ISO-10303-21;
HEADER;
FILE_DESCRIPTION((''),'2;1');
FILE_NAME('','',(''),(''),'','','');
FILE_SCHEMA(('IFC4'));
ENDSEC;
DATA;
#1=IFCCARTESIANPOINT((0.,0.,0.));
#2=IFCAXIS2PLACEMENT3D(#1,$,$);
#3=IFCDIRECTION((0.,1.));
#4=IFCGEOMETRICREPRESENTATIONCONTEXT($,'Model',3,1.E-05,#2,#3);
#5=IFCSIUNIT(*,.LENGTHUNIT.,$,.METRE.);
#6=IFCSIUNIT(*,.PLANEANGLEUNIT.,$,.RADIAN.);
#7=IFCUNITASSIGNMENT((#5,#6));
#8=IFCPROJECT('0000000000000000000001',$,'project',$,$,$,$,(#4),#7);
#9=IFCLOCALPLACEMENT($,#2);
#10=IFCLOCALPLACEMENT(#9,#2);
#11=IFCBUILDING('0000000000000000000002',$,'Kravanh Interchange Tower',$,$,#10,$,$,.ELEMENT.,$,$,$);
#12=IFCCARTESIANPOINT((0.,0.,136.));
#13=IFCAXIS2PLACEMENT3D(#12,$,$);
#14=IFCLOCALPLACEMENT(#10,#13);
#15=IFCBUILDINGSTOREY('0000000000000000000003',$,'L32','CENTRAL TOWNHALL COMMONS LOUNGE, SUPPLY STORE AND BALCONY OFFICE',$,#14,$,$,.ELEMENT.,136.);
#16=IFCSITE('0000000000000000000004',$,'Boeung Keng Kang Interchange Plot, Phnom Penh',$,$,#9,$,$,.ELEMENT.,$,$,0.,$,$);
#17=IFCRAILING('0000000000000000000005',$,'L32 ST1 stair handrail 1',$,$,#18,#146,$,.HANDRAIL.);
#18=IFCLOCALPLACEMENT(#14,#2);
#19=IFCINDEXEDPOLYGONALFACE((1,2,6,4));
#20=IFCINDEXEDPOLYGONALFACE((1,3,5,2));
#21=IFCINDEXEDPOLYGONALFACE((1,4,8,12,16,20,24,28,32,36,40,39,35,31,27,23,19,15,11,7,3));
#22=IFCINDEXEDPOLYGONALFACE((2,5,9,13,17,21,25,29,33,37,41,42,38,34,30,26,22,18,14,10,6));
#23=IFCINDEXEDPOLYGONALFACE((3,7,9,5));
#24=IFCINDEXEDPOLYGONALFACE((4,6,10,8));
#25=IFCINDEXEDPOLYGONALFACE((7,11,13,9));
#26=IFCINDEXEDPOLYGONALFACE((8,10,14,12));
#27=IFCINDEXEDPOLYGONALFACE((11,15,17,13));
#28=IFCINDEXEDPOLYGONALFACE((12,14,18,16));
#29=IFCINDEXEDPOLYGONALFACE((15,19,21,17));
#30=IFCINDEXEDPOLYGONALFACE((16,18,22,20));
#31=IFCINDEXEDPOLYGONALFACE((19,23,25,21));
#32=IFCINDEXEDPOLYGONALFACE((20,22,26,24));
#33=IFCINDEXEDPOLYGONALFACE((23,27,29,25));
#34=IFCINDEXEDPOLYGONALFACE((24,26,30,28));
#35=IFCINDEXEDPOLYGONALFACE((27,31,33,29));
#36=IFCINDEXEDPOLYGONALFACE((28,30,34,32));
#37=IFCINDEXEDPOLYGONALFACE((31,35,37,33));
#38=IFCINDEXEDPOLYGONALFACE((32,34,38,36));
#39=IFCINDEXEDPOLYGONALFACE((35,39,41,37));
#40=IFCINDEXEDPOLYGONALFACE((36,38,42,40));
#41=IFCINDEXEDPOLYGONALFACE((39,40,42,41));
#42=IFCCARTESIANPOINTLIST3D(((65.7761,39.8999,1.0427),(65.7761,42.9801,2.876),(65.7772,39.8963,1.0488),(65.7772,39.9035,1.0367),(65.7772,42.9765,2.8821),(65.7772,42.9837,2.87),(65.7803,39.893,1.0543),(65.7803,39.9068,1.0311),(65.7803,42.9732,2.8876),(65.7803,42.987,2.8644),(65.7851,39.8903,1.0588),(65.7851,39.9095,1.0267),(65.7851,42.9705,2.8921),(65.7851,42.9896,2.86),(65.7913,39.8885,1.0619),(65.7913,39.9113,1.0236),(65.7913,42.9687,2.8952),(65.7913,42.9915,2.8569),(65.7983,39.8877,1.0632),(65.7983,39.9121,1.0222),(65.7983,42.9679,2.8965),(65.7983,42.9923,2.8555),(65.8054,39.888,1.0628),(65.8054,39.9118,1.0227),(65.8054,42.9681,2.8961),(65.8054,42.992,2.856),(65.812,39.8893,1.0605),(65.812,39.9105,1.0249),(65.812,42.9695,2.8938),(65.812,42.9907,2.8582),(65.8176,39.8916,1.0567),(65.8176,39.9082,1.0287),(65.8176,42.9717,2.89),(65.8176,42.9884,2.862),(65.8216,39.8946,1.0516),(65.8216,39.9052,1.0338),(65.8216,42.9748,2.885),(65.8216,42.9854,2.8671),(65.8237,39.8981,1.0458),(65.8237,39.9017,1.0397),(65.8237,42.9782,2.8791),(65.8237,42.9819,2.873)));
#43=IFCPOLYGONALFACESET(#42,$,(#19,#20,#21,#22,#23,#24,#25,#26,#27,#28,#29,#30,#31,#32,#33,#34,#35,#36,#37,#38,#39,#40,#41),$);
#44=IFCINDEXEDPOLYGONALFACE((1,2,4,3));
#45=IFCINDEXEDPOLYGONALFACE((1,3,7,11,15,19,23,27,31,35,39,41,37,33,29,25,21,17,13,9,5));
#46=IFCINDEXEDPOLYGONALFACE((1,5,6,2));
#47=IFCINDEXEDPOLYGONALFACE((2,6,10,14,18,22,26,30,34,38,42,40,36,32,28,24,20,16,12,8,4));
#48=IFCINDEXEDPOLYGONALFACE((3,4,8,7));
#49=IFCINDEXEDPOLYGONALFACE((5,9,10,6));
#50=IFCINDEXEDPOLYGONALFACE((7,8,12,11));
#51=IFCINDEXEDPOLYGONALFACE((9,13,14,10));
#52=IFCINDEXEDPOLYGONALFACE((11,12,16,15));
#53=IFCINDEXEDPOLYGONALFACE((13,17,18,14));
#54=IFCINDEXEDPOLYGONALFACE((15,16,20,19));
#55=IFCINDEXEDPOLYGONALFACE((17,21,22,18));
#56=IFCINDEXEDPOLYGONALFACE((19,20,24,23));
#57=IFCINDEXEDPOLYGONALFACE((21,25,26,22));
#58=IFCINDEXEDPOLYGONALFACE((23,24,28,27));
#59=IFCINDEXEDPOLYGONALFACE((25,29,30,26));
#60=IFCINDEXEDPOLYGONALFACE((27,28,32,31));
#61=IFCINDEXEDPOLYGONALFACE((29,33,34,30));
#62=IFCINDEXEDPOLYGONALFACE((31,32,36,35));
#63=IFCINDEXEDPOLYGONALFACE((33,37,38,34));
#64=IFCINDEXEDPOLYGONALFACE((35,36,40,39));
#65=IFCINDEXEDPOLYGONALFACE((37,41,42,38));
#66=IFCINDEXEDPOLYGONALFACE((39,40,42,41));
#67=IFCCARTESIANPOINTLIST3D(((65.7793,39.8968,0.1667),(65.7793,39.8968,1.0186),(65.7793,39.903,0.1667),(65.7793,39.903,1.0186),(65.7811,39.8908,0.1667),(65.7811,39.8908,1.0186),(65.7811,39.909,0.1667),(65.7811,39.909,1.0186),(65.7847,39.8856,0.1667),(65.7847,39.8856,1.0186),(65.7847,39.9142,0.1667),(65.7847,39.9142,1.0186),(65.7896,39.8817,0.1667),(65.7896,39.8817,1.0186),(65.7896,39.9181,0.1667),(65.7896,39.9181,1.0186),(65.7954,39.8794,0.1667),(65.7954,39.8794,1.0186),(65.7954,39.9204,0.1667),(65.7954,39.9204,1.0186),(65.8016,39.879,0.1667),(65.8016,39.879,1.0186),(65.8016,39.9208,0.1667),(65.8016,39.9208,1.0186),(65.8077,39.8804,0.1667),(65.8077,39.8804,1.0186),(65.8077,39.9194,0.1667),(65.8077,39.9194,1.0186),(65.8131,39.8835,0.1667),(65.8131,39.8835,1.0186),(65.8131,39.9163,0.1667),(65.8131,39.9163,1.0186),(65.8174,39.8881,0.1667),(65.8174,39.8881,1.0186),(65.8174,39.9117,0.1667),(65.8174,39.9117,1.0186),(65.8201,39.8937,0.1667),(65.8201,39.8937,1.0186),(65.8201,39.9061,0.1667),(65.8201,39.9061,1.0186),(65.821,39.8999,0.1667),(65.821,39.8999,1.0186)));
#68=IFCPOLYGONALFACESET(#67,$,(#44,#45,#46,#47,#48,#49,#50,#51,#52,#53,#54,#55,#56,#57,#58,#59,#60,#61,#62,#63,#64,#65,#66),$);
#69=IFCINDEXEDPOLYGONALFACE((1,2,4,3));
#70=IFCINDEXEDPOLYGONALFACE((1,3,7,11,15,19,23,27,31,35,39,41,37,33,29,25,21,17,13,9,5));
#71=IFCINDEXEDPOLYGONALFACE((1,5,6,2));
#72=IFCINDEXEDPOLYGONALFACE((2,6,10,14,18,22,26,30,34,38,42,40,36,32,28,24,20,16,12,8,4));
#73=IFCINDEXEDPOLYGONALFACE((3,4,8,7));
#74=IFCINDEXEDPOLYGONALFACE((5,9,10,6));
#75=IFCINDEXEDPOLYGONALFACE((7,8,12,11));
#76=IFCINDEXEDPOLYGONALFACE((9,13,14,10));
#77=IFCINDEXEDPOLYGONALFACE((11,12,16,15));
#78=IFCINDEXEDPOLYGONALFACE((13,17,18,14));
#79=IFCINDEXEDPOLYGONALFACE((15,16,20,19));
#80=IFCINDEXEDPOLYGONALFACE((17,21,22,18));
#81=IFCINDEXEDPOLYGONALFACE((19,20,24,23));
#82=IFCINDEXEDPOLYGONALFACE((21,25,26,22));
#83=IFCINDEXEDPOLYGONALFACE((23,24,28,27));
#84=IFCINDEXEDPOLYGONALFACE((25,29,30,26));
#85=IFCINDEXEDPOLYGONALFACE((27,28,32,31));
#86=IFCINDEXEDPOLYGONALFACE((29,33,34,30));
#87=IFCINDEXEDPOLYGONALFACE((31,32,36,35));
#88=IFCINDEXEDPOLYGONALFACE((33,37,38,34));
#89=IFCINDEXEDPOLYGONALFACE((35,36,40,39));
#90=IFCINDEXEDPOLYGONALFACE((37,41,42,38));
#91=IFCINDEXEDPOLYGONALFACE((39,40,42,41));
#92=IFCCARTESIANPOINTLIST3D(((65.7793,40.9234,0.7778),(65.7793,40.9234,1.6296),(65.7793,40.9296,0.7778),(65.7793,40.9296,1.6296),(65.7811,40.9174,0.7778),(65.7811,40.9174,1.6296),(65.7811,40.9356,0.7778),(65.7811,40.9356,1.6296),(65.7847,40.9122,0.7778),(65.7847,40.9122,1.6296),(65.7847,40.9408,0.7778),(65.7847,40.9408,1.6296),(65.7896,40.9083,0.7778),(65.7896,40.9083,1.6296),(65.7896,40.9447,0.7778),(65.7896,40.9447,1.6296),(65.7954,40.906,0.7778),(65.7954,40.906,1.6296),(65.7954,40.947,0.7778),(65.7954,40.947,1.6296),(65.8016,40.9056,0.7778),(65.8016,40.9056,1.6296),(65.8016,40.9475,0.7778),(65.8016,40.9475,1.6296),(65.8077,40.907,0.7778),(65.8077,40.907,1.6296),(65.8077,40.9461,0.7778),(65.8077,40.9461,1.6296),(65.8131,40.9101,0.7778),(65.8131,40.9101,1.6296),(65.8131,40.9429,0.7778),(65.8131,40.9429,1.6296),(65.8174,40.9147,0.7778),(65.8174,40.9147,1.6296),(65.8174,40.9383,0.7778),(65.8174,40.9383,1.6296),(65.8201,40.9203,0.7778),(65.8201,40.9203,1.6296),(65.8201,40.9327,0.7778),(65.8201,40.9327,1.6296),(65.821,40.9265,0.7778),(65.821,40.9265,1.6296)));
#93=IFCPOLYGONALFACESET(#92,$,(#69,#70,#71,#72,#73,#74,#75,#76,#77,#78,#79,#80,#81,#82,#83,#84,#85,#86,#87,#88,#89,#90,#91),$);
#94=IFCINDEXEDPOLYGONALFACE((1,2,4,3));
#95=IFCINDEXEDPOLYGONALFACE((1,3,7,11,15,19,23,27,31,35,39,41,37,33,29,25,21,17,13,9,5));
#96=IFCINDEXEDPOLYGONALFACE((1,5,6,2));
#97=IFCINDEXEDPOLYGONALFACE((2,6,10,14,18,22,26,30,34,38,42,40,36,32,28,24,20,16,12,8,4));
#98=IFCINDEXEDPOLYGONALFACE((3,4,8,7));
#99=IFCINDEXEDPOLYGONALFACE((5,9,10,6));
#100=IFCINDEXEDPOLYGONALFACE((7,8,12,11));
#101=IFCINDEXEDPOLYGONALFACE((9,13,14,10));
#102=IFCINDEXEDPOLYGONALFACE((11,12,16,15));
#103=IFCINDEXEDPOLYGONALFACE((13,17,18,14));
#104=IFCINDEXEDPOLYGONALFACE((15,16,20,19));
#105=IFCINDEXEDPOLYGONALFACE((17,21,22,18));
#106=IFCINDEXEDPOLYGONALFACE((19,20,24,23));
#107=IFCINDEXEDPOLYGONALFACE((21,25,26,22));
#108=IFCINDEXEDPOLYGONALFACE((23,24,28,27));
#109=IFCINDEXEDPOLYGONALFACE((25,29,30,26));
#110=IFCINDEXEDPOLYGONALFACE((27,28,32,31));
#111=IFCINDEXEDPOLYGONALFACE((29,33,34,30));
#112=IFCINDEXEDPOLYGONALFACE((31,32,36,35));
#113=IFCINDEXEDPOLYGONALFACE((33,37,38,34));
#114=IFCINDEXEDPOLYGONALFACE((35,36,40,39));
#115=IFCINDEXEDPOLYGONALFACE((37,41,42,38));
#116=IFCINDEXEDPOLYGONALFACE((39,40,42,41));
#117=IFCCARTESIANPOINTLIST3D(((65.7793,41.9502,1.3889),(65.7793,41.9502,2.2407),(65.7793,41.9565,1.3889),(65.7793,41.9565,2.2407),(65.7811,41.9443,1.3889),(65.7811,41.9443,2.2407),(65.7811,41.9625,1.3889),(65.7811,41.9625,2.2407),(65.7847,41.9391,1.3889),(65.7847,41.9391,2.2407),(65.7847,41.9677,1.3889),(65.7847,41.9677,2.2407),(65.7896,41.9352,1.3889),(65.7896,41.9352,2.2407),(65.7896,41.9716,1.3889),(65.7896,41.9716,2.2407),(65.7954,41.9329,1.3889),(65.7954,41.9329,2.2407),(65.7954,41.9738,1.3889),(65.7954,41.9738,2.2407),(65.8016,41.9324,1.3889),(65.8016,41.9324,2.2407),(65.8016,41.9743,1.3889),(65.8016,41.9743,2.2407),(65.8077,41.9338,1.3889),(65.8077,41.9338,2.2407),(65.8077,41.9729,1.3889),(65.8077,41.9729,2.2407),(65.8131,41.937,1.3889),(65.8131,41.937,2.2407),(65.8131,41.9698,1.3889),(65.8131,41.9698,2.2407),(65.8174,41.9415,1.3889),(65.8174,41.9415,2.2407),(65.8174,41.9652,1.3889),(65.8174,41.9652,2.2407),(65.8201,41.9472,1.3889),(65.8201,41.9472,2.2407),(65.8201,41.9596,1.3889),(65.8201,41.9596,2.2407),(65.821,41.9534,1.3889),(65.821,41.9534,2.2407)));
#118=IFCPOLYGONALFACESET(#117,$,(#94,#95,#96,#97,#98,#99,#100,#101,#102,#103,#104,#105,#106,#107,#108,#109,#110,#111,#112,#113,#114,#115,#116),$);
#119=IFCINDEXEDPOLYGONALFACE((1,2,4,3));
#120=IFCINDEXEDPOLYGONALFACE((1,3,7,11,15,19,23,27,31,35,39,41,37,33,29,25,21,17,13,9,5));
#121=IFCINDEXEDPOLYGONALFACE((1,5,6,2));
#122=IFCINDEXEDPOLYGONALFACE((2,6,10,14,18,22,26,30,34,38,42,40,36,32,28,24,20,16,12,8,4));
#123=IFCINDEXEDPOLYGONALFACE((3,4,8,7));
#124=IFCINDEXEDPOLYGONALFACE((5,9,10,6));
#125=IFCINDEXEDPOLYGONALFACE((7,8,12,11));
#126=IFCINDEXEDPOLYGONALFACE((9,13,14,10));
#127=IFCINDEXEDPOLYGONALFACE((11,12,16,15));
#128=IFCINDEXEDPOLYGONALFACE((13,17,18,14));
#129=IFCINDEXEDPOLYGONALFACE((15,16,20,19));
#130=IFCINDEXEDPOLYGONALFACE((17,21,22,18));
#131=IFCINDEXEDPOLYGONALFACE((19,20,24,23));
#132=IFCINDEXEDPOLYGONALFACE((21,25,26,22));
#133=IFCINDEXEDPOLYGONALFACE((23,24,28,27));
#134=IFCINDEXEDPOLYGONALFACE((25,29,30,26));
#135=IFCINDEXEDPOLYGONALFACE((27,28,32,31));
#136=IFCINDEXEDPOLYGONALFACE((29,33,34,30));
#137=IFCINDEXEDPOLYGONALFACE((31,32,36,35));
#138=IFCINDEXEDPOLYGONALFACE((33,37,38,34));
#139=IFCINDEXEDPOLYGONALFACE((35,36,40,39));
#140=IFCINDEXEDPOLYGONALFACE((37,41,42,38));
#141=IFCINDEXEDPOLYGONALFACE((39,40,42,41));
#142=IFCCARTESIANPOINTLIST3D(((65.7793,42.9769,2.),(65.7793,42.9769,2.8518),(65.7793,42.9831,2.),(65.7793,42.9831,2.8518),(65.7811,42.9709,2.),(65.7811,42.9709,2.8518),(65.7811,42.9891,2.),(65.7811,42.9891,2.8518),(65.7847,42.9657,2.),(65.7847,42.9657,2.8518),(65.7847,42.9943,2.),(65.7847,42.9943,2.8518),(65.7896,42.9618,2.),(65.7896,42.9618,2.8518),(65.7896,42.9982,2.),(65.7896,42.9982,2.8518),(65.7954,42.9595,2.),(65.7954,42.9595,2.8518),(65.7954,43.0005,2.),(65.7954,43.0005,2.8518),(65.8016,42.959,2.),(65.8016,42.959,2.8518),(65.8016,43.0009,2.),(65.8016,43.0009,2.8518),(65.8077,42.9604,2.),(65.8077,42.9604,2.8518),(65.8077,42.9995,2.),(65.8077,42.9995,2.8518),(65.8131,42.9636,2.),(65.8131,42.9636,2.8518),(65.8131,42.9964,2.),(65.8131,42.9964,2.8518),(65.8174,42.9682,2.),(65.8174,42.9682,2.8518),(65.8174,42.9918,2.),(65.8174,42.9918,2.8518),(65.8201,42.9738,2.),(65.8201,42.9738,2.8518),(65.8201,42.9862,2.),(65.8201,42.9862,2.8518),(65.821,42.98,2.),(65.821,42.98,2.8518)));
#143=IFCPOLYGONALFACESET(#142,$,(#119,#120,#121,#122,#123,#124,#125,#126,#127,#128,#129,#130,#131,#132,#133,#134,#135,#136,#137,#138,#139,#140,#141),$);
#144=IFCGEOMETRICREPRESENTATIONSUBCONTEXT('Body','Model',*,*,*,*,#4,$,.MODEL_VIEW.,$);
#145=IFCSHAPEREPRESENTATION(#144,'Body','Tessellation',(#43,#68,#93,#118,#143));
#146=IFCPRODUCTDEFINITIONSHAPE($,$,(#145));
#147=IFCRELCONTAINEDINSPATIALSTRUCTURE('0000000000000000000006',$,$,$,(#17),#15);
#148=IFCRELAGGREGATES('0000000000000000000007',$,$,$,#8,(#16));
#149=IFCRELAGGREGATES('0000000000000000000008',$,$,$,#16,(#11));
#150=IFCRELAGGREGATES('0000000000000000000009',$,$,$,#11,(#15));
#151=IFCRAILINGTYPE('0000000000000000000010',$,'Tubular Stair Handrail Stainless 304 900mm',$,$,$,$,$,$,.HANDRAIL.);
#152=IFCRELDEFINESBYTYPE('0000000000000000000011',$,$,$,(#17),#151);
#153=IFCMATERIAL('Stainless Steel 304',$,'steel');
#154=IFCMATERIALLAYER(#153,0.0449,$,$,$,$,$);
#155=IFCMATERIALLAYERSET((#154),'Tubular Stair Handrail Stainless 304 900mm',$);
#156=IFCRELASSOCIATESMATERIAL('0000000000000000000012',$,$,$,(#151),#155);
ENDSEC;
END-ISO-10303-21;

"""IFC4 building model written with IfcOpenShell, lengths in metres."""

from ifc_helpers import new_model, si_unit, direction, frame, origin, origin_2d, place, context, subcontext, project, spatial, circle, extrude, material, layer, layer_set, type_object, element, save


model = new_model("IFC4")

# Units and contexts
model_context = context("Model", 3, precision=1e-05, world=origin(), true_north=direction((0.0, 1.0)))
body_context = subcontext(model_context, "Body", "Model", "MODEL_VIEW")
ifc_project = project(units=[si_unit("LENGTHUNIT", "METRE"), si_unit("PLANEANGLEUNIT", "RADIAN")], contexts=[model_context])

# Site, building, storey
site_placement = place(None, origin())
site = spatial("IfcSite", under=ifc_project, at=site_placement, Name="Boeung Keng Kang Interchange Plot, Phnom Penh", CompositionType="ELEMENT", RefElevation=0.0)
building_placement = place(site_placement, origin())
building = spatial("IfcBuilding", under=site, at=building_placement, Name="Kravanh Interchange Tower", CompositionType="ELEMENT")
storey_placement = place(building_placement, frame((0.0, 0.0, 136.0)))
storey = spatial("IfcBuildingStorey", under=building, at=storey_placement, Name="L32", Description="CENTRAL TOWNHALL COMMONS LOUNGE, SUPPLY STORE AND BALCONY OFFICE", CompositionType="ELEMENT", Elevation=136.0)

# Railing
ifc_material_1 = material(Name="Stainless Steel 304", Category="steel")
ifc_layer_1 = layer(ifc_material_1, 0.0449)
ifc_layer_set_1 = layer_set([ifc_layer_1], Name="Tubular Stair Handrail Stainless 304 900mm")
railing_type_1 = type_object("IfcRailingType", Name="Tubular Stair Handrail Stainless 304 900mm", PredefinedType="HANDRAIL", material=ifc_layer_set_1)
railing_1_placement = place(storey_placement, frame((65.8, 39.8999, 0.1667)))
element("IfcRailing", 1, at=railing_1_placement, inside=storey, type_object=railing_type_1, Name="L32 ST1 stair handrail 1", PredefinedType="HANDRAIL", context=body_context, shape_type="SweptSolid", body=[
    extrude(circle(Radius=0.0239, at=origin_2d()), frame((0.0, 0.0, 0.876), z_axis=(0.0, 0.859309, 0.511458), x_axis=(-1.0, 0.0, 0.0)), (0.0, 0.0, 1.0), 3.5845),
    extrude(circle(Radius=0.021, at=origin_2d()), origin(), (0.0, 0.0, 1.0), 0.8518),
    extrude(circle(Radius=0.021, at=origin_2d()), frame((0.0, 1.0266, 0.6111)), (0.0, 0.0, 1.0), 0.8518),
    extrude(circle(Radius=0.021, at=origin_2d()), frame((0.0, 2.0535, 1.2222)), (0.0, 0.0, 1.0), 0.8518),
    extrude(circle(Radius=0.021, at=origin_2d()), frame((0.0, 3.0801, 1.8333)), (0.0, 0.0, 1.0), 0.8518),
])

save(model, "model.ifc")
